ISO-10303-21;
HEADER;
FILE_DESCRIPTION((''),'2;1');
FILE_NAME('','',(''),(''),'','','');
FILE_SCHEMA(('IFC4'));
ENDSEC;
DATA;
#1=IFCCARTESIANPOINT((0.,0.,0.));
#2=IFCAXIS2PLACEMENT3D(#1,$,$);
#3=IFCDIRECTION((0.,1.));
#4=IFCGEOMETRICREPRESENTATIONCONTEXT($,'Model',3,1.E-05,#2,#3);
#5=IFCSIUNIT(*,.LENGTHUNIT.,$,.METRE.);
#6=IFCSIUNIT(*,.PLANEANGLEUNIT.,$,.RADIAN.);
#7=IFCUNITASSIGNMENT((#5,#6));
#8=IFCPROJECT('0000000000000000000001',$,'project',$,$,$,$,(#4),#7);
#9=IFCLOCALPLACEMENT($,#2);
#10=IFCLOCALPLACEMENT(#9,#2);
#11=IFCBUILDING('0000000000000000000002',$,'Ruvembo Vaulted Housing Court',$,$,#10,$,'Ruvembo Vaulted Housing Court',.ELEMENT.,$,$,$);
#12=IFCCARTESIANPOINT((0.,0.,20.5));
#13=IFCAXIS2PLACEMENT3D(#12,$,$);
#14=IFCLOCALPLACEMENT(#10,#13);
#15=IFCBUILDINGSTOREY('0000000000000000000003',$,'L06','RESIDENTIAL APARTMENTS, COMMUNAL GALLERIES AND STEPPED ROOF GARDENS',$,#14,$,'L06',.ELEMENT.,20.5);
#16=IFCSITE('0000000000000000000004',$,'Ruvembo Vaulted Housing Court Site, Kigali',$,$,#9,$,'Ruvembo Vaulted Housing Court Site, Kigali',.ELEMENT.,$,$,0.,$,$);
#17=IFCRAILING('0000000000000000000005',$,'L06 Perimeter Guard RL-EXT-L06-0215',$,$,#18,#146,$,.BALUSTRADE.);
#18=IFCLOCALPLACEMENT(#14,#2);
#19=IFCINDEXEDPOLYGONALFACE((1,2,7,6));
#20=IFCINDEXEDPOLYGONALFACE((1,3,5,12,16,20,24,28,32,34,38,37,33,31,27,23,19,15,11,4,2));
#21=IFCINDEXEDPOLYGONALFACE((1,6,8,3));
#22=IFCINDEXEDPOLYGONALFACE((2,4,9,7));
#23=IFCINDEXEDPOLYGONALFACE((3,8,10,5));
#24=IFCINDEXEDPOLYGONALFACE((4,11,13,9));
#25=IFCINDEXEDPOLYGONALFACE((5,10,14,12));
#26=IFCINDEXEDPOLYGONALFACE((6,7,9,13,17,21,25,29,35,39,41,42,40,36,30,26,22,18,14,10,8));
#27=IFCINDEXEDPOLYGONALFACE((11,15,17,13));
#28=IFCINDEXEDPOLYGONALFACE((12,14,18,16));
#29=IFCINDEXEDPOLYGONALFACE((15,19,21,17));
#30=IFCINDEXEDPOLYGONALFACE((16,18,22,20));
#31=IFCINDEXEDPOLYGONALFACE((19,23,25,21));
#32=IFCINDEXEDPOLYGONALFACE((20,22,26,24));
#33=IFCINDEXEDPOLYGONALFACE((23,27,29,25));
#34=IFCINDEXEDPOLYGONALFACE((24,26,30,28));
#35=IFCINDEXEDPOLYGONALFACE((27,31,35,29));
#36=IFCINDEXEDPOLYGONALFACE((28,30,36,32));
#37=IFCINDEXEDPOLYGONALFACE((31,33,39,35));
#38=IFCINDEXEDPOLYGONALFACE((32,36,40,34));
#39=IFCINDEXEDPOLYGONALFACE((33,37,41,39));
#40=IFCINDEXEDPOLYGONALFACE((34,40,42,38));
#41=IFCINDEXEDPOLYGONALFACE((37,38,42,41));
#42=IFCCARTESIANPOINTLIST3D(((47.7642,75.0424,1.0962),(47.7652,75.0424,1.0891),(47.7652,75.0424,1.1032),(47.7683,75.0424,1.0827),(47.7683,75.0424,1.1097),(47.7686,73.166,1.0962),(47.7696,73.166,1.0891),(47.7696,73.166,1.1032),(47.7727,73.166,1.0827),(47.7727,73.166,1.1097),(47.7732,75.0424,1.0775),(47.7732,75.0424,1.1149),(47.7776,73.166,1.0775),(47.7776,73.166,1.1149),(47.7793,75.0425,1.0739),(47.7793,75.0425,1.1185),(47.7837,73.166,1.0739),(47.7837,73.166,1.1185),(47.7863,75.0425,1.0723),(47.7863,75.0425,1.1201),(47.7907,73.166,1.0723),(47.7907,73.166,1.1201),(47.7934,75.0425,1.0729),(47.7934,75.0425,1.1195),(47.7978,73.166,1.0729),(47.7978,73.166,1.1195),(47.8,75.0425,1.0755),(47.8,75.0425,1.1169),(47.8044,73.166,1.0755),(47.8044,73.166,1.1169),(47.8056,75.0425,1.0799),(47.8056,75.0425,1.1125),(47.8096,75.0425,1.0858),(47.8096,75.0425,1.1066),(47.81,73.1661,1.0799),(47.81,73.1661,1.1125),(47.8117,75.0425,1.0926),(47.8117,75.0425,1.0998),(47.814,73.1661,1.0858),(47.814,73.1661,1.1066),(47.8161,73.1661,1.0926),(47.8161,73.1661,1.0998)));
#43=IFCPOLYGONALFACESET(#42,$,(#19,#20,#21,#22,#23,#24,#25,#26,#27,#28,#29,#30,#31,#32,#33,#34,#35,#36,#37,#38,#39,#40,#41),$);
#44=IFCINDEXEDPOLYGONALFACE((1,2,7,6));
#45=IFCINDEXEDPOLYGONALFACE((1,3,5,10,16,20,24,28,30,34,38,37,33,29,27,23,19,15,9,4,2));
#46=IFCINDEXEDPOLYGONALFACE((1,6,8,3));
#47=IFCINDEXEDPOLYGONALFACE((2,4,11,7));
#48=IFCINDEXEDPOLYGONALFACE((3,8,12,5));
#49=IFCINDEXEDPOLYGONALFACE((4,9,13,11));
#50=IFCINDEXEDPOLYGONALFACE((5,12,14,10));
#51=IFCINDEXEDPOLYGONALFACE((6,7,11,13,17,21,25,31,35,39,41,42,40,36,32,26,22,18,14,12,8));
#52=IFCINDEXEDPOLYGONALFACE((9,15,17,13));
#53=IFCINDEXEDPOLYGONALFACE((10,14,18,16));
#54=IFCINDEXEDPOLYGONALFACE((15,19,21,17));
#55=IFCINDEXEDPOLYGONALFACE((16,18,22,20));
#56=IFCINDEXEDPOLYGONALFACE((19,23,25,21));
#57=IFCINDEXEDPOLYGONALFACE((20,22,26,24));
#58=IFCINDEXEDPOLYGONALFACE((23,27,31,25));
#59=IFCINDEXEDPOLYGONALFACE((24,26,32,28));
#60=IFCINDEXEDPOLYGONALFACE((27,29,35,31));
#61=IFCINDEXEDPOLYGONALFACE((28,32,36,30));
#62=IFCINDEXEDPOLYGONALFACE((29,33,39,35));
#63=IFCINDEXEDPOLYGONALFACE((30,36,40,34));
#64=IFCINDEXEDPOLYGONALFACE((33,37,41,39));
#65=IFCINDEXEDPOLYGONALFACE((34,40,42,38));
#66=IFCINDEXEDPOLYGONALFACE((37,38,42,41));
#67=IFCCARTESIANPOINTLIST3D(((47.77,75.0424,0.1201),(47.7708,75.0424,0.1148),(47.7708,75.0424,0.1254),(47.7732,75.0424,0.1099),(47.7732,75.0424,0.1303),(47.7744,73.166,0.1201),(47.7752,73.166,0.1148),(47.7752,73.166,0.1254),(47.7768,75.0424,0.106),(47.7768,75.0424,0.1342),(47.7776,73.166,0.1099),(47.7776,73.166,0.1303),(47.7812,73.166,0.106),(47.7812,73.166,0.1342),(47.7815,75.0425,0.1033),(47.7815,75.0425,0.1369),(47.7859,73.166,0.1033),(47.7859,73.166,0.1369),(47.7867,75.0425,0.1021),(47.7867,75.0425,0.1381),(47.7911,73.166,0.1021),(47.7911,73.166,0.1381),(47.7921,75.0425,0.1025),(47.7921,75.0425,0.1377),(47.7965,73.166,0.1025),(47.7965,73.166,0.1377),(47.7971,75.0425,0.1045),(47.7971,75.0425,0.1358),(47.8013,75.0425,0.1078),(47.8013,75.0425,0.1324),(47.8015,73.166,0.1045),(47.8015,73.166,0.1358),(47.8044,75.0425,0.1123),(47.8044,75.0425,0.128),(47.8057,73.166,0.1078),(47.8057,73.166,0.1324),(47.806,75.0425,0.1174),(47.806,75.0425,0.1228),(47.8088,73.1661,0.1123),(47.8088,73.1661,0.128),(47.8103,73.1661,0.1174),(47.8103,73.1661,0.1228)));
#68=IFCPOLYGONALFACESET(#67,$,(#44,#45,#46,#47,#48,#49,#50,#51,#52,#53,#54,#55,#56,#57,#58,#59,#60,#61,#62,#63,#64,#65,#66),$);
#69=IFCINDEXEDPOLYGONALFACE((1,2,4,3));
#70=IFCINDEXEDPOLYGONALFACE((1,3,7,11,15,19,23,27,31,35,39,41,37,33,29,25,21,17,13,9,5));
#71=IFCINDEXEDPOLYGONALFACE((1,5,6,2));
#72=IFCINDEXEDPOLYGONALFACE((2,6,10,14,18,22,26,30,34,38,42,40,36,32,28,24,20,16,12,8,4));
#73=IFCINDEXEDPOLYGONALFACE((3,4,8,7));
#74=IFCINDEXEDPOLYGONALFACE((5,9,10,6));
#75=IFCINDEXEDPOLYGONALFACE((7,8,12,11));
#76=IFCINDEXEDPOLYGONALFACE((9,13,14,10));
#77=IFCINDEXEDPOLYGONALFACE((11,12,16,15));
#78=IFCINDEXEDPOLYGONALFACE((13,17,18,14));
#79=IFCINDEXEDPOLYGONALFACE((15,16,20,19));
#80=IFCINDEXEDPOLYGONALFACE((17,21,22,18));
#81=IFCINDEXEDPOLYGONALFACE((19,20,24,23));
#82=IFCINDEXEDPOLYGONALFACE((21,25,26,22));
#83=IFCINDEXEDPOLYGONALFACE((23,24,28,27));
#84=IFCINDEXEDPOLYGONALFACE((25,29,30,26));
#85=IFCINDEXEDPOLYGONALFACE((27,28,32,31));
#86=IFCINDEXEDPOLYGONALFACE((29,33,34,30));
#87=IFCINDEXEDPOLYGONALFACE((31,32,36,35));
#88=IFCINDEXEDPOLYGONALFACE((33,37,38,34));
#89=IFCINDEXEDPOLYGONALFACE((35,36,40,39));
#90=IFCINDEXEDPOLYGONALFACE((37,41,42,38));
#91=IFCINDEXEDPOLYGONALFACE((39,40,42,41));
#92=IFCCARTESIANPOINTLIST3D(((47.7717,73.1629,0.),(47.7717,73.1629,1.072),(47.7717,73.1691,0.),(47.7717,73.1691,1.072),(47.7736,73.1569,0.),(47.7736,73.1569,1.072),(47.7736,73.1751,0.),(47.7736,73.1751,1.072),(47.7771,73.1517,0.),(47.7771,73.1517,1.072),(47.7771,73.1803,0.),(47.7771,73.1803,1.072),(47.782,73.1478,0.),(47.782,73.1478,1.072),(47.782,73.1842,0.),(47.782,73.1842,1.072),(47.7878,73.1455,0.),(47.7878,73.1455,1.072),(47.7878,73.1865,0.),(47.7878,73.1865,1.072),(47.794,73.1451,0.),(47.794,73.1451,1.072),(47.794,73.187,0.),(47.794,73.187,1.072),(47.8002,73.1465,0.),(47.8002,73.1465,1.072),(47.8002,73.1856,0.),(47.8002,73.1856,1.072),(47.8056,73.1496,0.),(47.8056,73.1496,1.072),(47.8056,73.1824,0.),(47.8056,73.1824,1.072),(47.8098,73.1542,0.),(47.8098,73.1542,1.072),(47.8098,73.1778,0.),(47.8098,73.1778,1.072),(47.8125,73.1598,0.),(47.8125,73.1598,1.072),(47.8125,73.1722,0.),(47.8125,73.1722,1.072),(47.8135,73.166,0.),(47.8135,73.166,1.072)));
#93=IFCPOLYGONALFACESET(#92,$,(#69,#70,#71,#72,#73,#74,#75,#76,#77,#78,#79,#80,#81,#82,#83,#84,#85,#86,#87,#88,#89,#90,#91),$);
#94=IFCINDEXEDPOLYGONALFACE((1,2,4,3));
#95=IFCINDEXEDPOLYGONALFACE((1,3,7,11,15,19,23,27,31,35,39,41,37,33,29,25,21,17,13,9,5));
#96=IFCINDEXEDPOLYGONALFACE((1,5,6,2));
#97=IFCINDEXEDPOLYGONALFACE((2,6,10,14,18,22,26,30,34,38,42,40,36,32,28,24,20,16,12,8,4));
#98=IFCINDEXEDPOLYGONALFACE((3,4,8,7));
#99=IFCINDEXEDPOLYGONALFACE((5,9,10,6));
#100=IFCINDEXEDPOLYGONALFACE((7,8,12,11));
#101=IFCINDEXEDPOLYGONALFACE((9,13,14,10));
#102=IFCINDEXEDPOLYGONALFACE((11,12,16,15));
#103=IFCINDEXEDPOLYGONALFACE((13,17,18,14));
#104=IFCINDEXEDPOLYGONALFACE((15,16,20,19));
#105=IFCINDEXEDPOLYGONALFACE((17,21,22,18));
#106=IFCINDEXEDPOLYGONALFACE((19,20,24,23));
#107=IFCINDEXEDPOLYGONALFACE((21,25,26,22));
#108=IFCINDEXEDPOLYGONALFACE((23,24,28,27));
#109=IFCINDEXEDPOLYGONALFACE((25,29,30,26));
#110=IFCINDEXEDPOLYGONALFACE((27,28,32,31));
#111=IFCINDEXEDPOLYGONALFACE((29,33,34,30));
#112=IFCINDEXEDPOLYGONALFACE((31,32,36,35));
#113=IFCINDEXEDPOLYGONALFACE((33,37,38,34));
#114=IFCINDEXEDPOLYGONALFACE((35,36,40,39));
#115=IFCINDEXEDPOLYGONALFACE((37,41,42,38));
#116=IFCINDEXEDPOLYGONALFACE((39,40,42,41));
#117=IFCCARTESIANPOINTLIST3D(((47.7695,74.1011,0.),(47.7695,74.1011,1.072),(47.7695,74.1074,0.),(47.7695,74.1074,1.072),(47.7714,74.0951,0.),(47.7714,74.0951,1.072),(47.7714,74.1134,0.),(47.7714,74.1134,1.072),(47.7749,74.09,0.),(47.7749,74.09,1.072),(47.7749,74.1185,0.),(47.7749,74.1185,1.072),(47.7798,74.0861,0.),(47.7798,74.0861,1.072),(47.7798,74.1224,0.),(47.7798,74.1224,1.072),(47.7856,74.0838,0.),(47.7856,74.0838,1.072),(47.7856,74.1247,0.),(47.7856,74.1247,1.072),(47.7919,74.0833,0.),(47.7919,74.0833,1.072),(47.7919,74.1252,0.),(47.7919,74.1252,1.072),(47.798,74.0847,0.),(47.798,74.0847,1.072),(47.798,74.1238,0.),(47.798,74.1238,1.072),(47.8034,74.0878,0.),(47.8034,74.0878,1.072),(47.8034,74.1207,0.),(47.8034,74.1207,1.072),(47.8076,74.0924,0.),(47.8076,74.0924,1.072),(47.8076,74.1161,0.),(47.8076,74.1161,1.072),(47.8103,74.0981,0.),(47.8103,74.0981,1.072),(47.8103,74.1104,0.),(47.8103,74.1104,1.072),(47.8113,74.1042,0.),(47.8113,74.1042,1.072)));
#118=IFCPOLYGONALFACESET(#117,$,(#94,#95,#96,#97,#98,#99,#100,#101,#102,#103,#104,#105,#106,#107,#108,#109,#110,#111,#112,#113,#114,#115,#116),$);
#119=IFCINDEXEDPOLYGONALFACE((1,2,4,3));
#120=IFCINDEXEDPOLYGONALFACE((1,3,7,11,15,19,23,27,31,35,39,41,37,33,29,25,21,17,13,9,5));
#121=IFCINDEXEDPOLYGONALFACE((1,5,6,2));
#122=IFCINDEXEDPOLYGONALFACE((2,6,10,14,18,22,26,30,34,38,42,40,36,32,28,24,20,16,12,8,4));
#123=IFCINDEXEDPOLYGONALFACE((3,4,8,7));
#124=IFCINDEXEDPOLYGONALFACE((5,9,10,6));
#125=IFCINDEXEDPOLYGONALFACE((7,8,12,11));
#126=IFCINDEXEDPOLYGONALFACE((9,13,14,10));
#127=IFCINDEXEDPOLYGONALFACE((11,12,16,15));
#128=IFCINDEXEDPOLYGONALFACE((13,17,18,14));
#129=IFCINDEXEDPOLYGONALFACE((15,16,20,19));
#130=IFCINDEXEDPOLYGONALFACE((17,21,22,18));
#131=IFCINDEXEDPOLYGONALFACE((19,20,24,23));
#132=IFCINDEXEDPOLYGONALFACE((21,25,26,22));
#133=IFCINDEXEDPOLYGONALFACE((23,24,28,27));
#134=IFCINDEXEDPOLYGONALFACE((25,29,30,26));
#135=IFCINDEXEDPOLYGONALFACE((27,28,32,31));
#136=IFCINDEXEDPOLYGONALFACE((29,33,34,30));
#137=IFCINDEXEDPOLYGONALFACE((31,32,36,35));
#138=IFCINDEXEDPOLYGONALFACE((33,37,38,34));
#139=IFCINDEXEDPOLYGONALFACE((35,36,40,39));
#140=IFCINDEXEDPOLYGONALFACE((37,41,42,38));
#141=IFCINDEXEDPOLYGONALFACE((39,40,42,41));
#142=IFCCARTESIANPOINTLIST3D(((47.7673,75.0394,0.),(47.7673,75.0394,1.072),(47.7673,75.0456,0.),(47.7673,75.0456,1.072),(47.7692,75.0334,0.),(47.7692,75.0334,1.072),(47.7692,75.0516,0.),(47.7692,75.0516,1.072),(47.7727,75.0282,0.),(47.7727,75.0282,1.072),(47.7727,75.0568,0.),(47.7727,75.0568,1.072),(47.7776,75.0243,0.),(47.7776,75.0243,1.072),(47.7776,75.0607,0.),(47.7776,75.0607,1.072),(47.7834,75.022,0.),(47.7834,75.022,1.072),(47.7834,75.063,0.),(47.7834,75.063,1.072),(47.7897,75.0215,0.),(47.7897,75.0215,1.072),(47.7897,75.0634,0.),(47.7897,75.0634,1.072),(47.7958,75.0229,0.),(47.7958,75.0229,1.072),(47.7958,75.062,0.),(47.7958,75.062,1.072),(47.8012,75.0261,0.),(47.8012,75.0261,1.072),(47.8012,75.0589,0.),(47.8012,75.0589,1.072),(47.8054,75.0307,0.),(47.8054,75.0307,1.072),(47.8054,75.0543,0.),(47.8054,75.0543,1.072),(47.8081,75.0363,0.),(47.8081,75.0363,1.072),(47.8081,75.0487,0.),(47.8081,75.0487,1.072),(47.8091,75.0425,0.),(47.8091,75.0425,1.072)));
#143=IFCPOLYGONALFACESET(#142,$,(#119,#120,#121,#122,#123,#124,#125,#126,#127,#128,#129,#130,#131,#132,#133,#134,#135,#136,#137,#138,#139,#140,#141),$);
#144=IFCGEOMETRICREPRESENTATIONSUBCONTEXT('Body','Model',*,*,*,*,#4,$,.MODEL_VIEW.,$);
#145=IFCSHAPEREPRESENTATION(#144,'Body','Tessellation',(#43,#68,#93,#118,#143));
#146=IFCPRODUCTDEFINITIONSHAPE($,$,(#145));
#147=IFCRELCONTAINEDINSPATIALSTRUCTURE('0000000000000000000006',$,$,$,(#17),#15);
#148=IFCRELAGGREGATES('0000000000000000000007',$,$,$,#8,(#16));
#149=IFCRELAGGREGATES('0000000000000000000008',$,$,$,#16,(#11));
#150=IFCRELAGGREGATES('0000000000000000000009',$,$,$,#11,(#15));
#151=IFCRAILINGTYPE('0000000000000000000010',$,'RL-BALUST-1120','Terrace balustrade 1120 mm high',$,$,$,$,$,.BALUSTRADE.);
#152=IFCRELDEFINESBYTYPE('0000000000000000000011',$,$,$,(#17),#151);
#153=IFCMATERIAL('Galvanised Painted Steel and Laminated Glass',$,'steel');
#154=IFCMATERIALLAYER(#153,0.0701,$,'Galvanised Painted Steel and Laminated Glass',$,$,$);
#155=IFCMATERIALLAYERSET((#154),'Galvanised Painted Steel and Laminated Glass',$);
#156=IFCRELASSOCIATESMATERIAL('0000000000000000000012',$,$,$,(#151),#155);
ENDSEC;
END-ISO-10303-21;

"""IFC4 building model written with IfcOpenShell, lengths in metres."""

from ifc_helpers import new_model, si_unit, direction, frame, origin, origin_2d, place, context, subcontext, project, spatial, circle, extrude, material, layer, layer_set, type_object, element, save


model = new_model("IFC4")

# Units and contexts
model_context = context("Model", 3, precision=1e-05, world=origin(), true_north=direction((0.0, 1.0)))
body_context = subcontext(model_context, "Body", "Model", "MODEL_VIEW")
ifc_project = project(units=[si_unit("LENGTHUNIT", "METRE"), si_unit("PLANEANGLEUNIT", "RADIAN")], contexts=[model_context])

# Site, building, storey
site_placement = place(None, origin())
site = spatial("IfcSite", under=ifc_project, at=site_placement, Name="Ruvembo Vaulted Housing Court Site, Kigali", LongName="Ruvembo Vaulted Housing Court Site, Kigali", CompositionType="ELEMENT", RefElevation=0.0)
building_placement = place(site_placement, origin())
building = spatial("IfcBuilding", under=site, at=building_placement, Name="Ruvembo Vaulted Housing Court", LongName="Ruvembo Vaulted Housing Court", CompositionType="ELEMENT")
storey_placement = place(building_placement, frame((0.0, 0.0, 20.5)))
storey = spatial("IfcBuildingStorey", under=building, at=storey_placement, Name="L06", Description="RESIDENTIAL APARTMENTS, COMMUNAL GALLERIES AND STEPPED ROOF GARDENS", LongName="L06", CompositionType="ELEMENT", Elevation=20.5)

# Railing
ifc_material_1 = material(Name="Galvanised Painted Steel and Laminated Glass", Category="steel")
ifc_layer = layer(ifc_material_1, 0.0701, Name="Galvanised Painted Steel and Laminated Glass")
ifc_layer_set = layer_set([ifc_layer], Name="Galvanised Painted Steel and Laminated Glass")
railing_type = type_object("IfcRailingType", Name="RL-BALUST-1120", Description="Terrace balustrade 1120 mm high", PredefinedType="BALUSTRADE", material=ifc_layer_set)
railing_1_placement = place(storey_placement, frame((47.7925, 73.166, 0.0)))
element("IfcRailing", 1, at=railing_1_placement, inside=storey, type_object=railing_type, Name="L06 Perimeter Guard RL-EXT-L06-0215", PredefinedType="BALUSTRADE", context=body_context, shape_type="SweptSolid", body=[
    extrude(circle(Radius=0.0239, at=origin_2d()), frame((0.0, 0.0, 1.0962), z_axis=(-0.002342, 0.999997, 0.0), x_axis=(-0.999997, -0.002342, 0.0)), (0.0, 0.0, 1.0), 1.8765),
    extrude(circle(Radius=0.0181, at=origin_2d()), frame((0.0, 0.0, 0.1201), z_axis=(-0.002342, 0.999997, 0.0), x_axis=(-0.999997, -0.002342, 0.0)), (0.0, 0.0, 1.0), 1.8765),
    extrude(circle(Radius=0.021, at=origin_2d()), origin(), (0.0, 0.0, 1.0), 1.072),
    extrude(circle(Radius=0.021, at=origin_2d()), frame((-0.0022, 0.9382, 0.0)), (0.0, 0.0, 1.0), 1.072),
    extrude(circle(Radius=0.021, at=origin_2d()), frame((-0.0044, 1.8765, 0.0)), (0.0, 0.0, 1.0), 1.072),
])

save(model, "model.ifc")
